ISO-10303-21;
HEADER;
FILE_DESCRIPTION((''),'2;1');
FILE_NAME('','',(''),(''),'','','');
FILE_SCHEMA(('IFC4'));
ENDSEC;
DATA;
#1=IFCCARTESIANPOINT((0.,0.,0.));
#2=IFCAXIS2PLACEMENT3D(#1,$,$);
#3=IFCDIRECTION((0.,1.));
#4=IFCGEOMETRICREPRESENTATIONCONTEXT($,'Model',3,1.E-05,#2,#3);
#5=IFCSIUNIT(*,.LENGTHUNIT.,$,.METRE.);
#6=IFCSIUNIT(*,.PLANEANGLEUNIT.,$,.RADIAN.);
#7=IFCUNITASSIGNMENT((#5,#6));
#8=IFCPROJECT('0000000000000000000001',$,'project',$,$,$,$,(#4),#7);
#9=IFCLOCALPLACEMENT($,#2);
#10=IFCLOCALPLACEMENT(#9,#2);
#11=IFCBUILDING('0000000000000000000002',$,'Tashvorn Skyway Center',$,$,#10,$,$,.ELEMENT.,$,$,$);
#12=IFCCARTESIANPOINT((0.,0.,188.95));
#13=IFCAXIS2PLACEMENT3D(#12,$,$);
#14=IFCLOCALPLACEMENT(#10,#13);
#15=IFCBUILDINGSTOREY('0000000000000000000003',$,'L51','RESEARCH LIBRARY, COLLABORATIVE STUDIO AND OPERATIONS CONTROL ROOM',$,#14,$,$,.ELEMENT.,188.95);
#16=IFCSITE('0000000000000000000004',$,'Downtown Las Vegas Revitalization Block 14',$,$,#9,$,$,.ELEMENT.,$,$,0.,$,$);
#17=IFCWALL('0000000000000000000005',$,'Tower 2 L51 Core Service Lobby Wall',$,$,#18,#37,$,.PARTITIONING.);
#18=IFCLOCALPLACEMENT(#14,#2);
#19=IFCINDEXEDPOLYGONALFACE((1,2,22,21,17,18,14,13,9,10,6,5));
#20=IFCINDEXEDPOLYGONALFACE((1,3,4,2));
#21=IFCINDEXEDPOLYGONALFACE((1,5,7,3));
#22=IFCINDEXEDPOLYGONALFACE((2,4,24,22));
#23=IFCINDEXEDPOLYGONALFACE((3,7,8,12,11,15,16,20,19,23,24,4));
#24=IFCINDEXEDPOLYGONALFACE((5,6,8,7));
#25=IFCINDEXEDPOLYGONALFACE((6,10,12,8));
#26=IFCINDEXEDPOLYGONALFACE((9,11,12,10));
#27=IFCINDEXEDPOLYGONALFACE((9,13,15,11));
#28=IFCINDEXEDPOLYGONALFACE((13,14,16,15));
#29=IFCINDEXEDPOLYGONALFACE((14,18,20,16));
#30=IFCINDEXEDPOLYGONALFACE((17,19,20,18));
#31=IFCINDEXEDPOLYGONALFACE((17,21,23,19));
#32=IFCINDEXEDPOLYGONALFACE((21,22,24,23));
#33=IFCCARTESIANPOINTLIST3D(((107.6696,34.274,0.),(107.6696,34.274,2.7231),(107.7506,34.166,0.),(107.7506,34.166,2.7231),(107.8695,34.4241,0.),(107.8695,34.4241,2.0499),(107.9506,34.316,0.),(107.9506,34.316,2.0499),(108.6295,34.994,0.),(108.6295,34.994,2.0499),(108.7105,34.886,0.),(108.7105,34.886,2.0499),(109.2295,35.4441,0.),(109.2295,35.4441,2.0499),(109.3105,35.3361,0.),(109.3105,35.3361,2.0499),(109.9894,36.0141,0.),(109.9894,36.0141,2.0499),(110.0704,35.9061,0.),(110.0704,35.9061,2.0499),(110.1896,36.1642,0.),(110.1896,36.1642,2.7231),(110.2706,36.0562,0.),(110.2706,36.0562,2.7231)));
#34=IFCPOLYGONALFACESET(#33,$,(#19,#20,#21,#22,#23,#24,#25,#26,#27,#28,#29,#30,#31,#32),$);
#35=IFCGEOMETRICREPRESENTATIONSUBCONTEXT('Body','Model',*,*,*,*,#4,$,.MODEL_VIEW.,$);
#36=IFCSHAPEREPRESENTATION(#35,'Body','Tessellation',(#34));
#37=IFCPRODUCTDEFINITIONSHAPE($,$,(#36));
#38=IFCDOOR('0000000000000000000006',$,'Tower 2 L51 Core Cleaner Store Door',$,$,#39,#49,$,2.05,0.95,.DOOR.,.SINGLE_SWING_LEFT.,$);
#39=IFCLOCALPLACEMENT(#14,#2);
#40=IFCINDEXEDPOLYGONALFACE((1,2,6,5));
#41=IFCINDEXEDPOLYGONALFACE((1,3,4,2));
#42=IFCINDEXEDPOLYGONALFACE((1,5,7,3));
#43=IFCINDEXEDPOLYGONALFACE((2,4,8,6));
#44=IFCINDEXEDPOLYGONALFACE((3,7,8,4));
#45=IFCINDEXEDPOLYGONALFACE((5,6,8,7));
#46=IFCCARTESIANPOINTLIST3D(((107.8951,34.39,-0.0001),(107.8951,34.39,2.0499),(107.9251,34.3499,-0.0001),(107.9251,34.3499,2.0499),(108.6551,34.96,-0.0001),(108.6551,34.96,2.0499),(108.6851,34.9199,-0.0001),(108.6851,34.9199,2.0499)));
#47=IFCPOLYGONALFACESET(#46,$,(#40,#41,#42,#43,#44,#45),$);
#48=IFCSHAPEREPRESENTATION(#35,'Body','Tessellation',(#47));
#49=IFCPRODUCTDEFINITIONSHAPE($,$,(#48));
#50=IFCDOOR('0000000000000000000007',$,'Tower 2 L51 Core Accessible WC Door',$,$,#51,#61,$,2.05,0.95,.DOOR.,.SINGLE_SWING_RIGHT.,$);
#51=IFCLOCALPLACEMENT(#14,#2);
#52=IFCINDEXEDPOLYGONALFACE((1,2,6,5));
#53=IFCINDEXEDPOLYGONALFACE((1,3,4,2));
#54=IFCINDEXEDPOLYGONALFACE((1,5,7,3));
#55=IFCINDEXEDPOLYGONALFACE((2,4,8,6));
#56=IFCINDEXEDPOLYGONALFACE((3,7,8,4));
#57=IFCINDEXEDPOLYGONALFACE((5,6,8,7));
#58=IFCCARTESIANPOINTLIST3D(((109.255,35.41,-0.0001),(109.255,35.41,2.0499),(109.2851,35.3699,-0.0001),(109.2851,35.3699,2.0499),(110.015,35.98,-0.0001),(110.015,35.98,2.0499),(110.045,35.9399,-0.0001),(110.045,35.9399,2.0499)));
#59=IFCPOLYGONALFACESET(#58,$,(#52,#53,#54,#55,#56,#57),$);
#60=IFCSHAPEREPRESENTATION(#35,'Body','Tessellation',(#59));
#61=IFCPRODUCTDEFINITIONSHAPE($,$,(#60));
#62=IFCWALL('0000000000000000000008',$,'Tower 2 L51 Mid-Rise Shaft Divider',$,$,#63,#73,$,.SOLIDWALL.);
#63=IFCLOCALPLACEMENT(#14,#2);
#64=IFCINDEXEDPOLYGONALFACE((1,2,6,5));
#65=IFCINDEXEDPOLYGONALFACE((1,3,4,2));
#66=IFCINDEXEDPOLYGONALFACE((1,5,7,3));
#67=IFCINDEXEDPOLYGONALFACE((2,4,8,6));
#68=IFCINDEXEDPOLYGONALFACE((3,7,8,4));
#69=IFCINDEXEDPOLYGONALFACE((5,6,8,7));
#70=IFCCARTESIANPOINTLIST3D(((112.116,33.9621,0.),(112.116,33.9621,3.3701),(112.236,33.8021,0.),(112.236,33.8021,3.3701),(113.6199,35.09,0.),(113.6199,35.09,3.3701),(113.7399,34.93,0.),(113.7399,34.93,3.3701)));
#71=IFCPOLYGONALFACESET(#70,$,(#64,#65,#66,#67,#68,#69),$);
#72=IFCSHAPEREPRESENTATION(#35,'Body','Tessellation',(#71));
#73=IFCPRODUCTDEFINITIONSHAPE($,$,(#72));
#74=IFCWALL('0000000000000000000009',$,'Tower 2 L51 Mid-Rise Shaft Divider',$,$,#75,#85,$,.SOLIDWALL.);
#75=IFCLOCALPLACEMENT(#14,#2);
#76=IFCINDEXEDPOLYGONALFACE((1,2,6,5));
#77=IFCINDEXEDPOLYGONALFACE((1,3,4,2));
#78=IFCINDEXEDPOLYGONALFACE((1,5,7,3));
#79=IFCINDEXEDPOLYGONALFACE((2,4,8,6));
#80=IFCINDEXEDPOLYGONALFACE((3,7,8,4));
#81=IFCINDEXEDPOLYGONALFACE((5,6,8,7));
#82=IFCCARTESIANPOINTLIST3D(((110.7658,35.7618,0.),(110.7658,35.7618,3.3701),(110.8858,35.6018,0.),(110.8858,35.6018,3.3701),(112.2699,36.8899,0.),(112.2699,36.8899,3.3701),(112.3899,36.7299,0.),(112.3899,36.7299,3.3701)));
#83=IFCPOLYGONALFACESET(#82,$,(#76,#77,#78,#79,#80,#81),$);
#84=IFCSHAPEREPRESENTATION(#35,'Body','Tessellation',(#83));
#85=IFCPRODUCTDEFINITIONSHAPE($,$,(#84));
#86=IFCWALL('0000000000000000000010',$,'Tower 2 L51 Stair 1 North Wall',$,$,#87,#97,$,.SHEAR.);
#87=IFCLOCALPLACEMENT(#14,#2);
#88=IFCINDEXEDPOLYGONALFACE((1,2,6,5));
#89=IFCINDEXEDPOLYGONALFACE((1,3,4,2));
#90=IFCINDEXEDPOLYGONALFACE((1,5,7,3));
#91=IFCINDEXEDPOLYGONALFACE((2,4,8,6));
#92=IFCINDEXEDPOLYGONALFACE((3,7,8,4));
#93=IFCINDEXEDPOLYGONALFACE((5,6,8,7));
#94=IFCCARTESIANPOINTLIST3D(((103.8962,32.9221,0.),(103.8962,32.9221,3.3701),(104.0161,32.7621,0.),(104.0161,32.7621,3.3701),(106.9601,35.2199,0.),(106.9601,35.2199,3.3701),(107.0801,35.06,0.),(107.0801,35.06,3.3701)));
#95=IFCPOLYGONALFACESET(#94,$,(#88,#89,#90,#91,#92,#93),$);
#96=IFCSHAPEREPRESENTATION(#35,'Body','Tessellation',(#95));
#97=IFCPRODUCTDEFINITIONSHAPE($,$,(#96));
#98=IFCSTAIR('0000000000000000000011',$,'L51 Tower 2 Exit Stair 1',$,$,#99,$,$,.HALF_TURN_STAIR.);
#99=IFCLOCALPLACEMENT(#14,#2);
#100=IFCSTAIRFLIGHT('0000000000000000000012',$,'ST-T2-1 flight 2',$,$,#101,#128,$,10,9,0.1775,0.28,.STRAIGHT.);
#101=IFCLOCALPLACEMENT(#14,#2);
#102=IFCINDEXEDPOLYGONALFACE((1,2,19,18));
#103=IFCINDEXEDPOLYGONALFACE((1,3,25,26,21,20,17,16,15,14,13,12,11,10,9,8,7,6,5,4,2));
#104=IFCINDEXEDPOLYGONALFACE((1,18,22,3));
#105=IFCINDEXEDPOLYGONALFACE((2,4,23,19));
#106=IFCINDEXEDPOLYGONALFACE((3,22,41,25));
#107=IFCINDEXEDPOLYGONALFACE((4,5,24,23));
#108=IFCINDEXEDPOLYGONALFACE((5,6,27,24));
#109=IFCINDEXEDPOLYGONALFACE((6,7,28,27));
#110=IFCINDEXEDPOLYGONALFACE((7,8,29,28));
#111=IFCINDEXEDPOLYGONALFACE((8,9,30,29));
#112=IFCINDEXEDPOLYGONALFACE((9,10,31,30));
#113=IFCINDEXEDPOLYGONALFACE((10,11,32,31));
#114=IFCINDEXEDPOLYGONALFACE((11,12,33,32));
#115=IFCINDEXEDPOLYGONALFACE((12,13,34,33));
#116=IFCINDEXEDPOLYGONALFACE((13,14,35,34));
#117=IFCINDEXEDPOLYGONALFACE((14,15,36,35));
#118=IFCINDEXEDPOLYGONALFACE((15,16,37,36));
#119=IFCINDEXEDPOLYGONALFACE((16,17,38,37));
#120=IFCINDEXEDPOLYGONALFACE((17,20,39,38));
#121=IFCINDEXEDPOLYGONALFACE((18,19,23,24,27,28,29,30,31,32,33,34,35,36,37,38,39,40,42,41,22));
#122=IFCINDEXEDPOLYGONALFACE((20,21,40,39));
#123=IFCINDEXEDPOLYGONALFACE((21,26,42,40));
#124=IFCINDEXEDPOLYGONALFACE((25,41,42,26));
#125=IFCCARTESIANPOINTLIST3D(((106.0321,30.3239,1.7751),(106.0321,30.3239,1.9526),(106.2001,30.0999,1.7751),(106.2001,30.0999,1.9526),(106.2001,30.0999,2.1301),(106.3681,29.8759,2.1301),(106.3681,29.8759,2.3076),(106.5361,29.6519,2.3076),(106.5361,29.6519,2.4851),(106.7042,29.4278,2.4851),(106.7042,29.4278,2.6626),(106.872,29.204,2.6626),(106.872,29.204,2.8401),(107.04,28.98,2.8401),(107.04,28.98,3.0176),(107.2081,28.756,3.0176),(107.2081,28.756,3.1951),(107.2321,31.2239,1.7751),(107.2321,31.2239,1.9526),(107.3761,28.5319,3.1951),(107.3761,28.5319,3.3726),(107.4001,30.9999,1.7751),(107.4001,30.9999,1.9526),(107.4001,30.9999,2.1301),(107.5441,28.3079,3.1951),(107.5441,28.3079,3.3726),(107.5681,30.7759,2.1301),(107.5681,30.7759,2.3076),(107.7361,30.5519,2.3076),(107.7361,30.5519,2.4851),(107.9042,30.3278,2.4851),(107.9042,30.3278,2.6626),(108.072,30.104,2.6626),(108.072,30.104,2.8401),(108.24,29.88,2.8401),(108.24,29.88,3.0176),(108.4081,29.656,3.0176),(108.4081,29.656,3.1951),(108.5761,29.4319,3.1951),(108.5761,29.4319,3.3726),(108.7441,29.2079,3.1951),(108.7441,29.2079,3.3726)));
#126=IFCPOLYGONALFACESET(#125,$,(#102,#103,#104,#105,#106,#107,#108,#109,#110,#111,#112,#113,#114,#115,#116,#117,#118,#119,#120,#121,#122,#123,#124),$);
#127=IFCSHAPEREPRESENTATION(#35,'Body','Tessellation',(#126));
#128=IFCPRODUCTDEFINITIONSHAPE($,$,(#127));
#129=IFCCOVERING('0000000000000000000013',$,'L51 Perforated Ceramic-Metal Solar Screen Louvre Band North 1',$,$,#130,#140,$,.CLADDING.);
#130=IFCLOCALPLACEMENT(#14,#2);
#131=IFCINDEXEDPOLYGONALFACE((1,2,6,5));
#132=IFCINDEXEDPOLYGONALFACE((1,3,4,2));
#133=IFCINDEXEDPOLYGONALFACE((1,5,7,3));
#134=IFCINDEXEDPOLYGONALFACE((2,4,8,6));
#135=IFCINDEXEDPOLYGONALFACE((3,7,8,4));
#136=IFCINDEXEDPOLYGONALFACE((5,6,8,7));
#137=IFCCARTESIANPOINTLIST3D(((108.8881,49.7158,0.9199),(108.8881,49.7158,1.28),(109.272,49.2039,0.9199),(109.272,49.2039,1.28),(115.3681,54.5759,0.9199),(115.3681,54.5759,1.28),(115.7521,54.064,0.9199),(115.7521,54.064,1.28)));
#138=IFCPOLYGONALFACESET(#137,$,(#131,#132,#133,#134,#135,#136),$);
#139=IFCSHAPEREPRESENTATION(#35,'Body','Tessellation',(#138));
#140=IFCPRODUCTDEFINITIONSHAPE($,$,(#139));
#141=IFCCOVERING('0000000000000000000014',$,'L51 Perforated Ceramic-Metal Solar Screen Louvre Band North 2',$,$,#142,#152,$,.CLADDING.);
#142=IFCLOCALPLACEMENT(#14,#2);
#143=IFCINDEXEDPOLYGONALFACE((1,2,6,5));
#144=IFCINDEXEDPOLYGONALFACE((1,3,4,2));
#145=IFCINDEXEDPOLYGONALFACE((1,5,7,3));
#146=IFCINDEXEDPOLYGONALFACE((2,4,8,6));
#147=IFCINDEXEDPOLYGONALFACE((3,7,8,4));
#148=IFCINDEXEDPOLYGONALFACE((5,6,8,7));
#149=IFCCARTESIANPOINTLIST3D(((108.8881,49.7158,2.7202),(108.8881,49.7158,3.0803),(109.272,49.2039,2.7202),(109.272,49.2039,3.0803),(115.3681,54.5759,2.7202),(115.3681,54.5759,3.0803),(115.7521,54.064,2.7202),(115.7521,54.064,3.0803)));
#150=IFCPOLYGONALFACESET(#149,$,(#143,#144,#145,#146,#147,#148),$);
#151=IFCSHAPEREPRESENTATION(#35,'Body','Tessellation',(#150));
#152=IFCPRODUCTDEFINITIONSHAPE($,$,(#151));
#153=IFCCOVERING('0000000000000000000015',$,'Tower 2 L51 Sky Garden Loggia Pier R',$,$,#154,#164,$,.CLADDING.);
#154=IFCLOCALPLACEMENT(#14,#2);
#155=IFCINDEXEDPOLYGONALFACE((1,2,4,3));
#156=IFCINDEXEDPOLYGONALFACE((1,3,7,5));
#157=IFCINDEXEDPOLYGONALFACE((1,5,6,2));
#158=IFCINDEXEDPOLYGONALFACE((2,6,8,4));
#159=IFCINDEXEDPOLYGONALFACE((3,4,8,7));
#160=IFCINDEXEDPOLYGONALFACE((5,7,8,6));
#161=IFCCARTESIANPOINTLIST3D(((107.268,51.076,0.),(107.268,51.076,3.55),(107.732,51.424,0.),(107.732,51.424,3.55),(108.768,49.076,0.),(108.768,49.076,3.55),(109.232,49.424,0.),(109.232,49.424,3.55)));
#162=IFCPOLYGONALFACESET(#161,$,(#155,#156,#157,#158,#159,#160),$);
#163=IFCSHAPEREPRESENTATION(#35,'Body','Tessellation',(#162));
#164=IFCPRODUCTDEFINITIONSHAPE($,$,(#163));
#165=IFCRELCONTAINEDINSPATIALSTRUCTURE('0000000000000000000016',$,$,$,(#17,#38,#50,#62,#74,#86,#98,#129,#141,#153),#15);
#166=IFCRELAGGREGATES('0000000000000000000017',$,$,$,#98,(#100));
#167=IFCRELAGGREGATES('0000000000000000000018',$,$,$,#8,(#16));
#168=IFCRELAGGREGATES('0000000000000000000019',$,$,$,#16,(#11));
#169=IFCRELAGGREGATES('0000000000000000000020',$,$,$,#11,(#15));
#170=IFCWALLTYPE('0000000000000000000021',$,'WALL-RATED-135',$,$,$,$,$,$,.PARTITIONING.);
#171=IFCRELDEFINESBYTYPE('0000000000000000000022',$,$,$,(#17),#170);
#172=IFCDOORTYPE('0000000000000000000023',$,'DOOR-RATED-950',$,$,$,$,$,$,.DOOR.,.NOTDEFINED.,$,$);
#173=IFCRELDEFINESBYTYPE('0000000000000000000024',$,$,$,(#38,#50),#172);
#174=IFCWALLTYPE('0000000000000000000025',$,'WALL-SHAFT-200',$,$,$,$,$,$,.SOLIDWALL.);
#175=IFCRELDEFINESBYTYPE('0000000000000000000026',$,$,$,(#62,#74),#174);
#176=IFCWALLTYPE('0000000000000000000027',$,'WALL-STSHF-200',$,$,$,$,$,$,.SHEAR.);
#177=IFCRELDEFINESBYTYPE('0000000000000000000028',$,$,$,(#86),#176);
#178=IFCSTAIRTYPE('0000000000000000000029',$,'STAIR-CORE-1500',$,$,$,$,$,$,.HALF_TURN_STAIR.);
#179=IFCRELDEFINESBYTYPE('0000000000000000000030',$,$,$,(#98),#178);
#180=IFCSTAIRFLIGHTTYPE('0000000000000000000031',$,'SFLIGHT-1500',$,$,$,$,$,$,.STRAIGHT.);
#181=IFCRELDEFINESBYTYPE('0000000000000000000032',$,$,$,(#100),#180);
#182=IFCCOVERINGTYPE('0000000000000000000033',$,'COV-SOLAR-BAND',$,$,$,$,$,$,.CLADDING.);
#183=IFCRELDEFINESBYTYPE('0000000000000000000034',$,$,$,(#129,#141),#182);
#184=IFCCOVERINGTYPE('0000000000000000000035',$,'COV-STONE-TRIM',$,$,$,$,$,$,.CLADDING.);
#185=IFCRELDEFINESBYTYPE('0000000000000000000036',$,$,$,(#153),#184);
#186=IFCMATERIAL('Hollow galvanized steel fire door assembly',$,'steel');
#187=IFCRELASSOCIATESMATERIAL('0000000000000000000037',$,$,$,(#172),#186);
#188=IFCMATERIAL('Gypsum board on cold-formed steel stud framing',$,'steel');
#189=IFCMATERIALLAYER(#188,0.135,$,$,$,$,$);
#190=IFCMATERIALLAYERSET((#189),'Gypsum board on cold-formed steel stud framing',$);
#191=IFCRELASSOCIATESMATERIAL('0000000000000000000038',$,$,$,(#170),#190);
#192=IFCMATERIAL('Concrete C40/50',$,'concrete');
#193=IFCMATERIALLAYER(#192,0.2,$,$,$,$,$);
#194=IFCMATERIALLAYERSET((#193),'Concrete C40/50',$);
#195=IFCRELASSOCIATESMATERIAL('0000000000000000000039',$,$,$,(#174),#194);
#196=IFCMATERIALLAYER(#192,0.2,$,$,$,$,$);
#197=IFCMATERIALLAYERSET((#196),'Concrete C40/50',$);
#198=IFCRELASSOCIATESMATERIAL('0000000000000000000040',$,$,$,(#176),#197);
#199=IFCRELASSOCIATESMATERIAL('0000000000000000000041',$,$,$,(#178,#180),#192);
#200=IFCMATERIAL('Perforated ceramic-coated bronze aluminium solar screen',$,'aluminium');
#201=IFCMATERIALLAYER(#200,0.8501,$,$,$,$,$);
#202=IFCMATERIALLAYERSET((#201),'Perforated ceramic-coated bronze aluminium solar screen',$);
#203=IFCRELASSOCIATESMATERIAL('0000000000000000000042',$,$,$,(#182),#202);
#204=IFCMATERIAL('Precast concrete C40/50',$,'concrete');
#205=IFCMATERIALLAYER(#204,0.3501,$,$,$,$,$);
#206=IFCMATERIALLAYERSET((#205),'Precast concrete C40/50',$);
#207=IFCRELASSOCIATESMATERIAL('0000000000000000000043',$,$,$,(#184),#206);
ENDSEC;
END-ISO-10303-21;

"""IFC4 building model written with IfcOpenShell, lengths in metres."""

from ifc_helpers import new_model, si_unit, direction, frame, frame_2d, origin, origin_2d, place, context, subcontext, project, spatial, polyline, rectangle, outline, extrude, material, layer, layer_set, type_object, element, fill, aggregate, save


model = new_model("IFC4")

# Units and contexts
model_context = context("Model", 3, precision=1e-05, world=origin(), true_north=direction((0.0, 1.0)))
body_context = subcontext(model_context, "Body", "Model", "MODEL_VIEW")
ifc_project = project(units=[si_unit("LENGTHUNIT", "METRE"), si_unit("PLANEANGLEUNIT", "RADIAN")], contexts=[model_context])

# Site, building, storey
site_placement = place(None, origin())
site = spatial("IfcSite", under=ifc_project, at=site_placement, Name="Downtown Las Vegas Revitalization Block 14", CompositionType="ELEMENT", RefElevation=0.0)
building_placement = place(site_placement, origin())
building = spatial("IfcBuilding", under=site, at=building_placement, Name="Tashvorn Skyway Center", CompositionType="ELEMENT")
storey_placement = place(building_placement, frame((0.0, 0.0, 188.95)))
storey = spatial("IfcBuildingStorey", under=building, at=storey_placement, Name="L51", Description="RESEARCH LIBRARY, COLLABORATIVE STUDIO AND OPERATIONS CONTROL ROOM", CompositionType="ELEMENT", Elevation=188.95)

# Shared definitions
ifc_material_1 = material(Name="Concrete C40/50", Category="concrete")
ifc_material_2 = material(Name="Hollow galvanized steel fire door assembly", Category="steel")
door_type = type_object("IfcDoorType", Name="DOOR-RATED-950", OperationType="NOTDEFINED", PredefinedType="DOOR", material=ifc_material_2)

# Shared definitions
ifc_material_3 = material(Name="Gypsum board on cold-formed steel stud framing", Category="steel")

# Wall, openings, doors
ifc_layer_1 = layer(ifc_material_3, 0.135)
ifc_layer_set_1 = layer_set([ifc_layer_1], Name="Gypsum board on cold-formed steel stud framing")
wall_type_1 = type_object("IfcWallType", Name="WALL-RATED-135", PredefinedType="PARTITIONING", material=ifc_layer_set_1)
wall_1_placement = place(storey_placement, frame((107.71, 34.22, 0.0), z_axis=(0.0, 0.0, 1.0), x_axis=(0.799981, 0.600025, 0.0)))
wall_1 = element("IfcWall", 1, at=wall_1_placement, inside=storey, type_object=wall_type_1, Name="Tower 2 L51 Core Service Lobby Wall", PredefinedType="PARTITIONING", context=body_context, shape_type="SweptSolid", body=[
    extrude(rectangle(XDim=3.1501, YDim=0.135, at=frame_2d((1.5752, 0.0))), origin(), (0.0, 0.0, 1.0), 2.7231),
])
opening_1_placement = place(wall_1_placement, frame((0.25, 0.0, 0.0)))
opening_1 = element("IfcOpeningElement", 2, at=opening_1_placement, cuts=wall_1, PredefinedType="OPENING", context=body_context, shape_type="SweptSolid", body=[
    extrude(rectangle(XDim=0.95, YDim=2.05, at=frame_2d((0.4751, 1.0249))), frame((0.0, 0.0774, 0.0), z_axis=(0.0, -1.0, 0.0), x_axis=(1.0, 0.0, 0.0)), (0.0, 0.0, 1.0), 0.155),
])
opening_2_placement = place(wall_1_placement, frame((1.95, 0.0, 0.0)))
opening_2 = element("IfcOpeningElement", 3, at=opening_2_placement, cuts=wall_1, PredefinedType="OPENING", context=body_context, shape_type="SweptSolid", body=[
    extrude(rectangle(XDim=0.95, YDim=2.05, at=frame_2d((0.4751, 1.0249))), frame((0.0, 0.0774, 0.0), z_axis=(0.0, -1.0, 0.0), x_axis=(1.0, 0.0, 0.0)), (0.0, 0.0, 1.0), 0.155),
])
door_1_placement = place(opening_1_placement, origin())
door_1 = element("IfcDoor", 4, at=door_1_placement, inside=storey, type_object=door_type, Name="Tower 2 L51 Core Cleaner Store Door", OperationType="SINGLE_SWING_LEFT", OverallHeight=2.05, OverallWidth=0.95, PredefinedType="DOOR", context=body_context, shape_type="SweptSolid", body=[
    extrude(rectangle(XDim=0.95, YDim=2.05, at=frame_2d((0.4751, 1.0249))), frame((0.0, 0.0249, 0.0), z_axis=(0.0, -1.0, 0.0), x_axis=(1.0, 0.0, 0.0)), (0.0, 0.0, 1.0), 0.05),
])
fill(opening_1, door_1)
door_2_placement = place(opening_2_placement, origin())
door_2 = element("IfcDoor", 5, at=door_2_placement, inside=storey, type_object=door_type, Name="Tower 2 L51 Core Accessible WC Door", OperationType="SINGLE_SWING_RIGHT", OverallHeight=2.05, OverallWidth=0.95, PredefinedType="DOOR", context=body_context, shape_type="SweptSolid", body=[
    extrude(rectangle(XDim=0.95, YDim=2.05, at=frame_2d((0.4751, 1.0249))), frame((0.0, 0.0249, 0.0), z_axis=(0.0, -1.0, 0.0), x_axis=(1.0, 0.0, 0.0)), (0.0, 0.0, 1.0), 0.05),
])
fill(opening_2, door_2)

# Walls
ifc_layer_2 = layer(ifc_material_1, 0.2)
ifc_layer_set_2 = layer_set([ifc_layer_2], Name="Concrete C40/50")
wall_type_2 = type_object("IfcWallType", Name="WALL-SHAFT-200", PredefinedType="SOLIDWALL", material=ifc_layer_set_2)
wall_2_placement = place(storey_placement, frame((112.176, 33.8821, 0.0), z_axis=(0.0, 0.0, 1.0), x_axis=(0.8, 0.6, 0.0)))
element("IfcWall", 6, at=wall_2_placement, inside=storey, type_object=wall_type_2, Name="Tower 2 L51 Mid-Rise Shaft Divider", PredefinedType="SOLIDWALL", context=body_context, shape_type="SweptSolid", body=[
    extrude(rectangle(XDim=1.8799, YDim=0.2, at=frame_2d((0.9399, 0.0))), origin(), (0.0, 0.0, 1.0), 3.3701),
])
wall_3_placement = place(storey_placement, frame((110.8259, 35.6819, 0.0), z_axis=(0.0, 0.0, 1.0), x_axis=(0.799984, 0.600021, 0.0)))
element("IfcWall", 7, at=wall_3_placement, inside=storey, type_object=wall_type_2, Name="Tower 2 L51 Mid-Rise Shaft Divider", PredefinedType="SOLIDWALL", context=body_context, shape_type="SweptSolid", body=[
    extrude(rectangle(XDim=1.8801, YDim=0.2, at=frame_2d((0.9399, 0.0))), origin(), (0.0, 0.0, 1.0), 3.3701),
])
ifc_layer_3 = layer(ifc_material_1, 0.2)
ifc_layer_set_3 = layer_set([ifc_layer_3], Name="Concrete C40/50")
wall_type_3 = type_object("IfcWallType", Name="WALL-STSHF-200", PredefinedType="SHEAR", material=ifc_layer_set_3)
wall_4_placement = place(storey_placement, frame((103.9561, 32.842, 0.0), z_axis=(0.0, 0.0, 1.0), x_axis=(0.800015, 0.59998, 0.0)))
element("IfcWall", 8, at=wall_4_placement, inside=storey, type_object=wall_type_3, Name="Tower 2 L51 Stair 1 North Wall", PredefinedType="SHEAR", context=body_context, shape_type="SweptSolid", body=[
    extrude(rectangle(XDim=3.8298, YDim=0.2, at=frame_2d((1.915, 0.0))), origin(), (0.0, 0.0, 1.0), 3.3701),
])

# Stair, stair flight
stair_type = type_object("IfcStairType", Name="STAIR-CORE-1500", PredefinedType="HALF_TURN_STAIR", material=ifc_material_1)
stair_placement = place(storey_placement, origin())
stair = element("IfcStair", 9, at=stair_placement, inside=storey, type_object=stair_type, Name="L51 Tower 2 Exit Stair 1", PredefinedType="HALF_TURN_STAIR")
stair_flight_type = type_object("IfcStairFlightType", Name="SFLIGHT-1500", PredefinedType="STRAIGHT", material=ifc_material_1)
stair_flight_placement = place(storey_placement, frame((106.6321, 30.7739, 1.7751), z_axis=(0.0, 0.0, 1.0), x_axis=(0.6, -0.8, 0.0)))
stair_flight = element("IfcStairFlight", 10, at=stair_flight_placement, type_object=stair_flight_type, Name="ST-T2-1 flight 2", NumberOfRisers=10, NumberOfTreads=9, PredefinedType="STRAIGHT", RiserHeight=0.1775, TreadLength=0.28, context=body_context, shape_type="SweptSolid", body=[
    extrude(outline(polyline([(0.0, 0.0), (0.0, 0.1775), (0.28, 0.1775), (0.28, 0.355), (0.5601, 0.355), (0.5601, 0.5325), (0.8401, 0.5325), (0.8401, 0.71), (1.1201, 0.71), (1.1201, 0.8875), (1.3999, 0.8875), (1.3999, 1.0649), (1.6799, 1.0649), (1.6799, 1.2424), (1.96, 1.2424), (1.96, 1.4199), (2.24, 1.4199), (2.24, 1.5974), (2.52, 1.5974), (2.52, 1.7749), (2.52, 1.4199), (0.28, 0.0), (0.0, 0.0)])), frame((0.0, 0.75, 0.0), z_axis=(0.0, -1.0, 0.0), x_axis=(1.0, 0.0, 0.0)), (0.0, 0.0, 1.0), 1.5),
])
aggregate(stair, [stair_flight])

# Coverings
ifc_material_4 = material(Name="Perforated ceramic-coated bronze aluminium solar screen", Category="aluminium")
ifc_layer_4 = layer(ifc_material_4, 0.8501)
ifc_layer_set_4 = layer_set([ifc_layer_4], Name="Perforated ceramic-coated bronze aluminium solar screen")
covering_type_1 = type_object("IfcCoveringType", Name="COV-SOLAR-BAND", PredefinedType="CLADDING", material=ifc_layer_set_4)
for number, where, z_axis, x_axis, name in (
    (11, (112.3201, 51.8899, 0.9199), (0.0, 0.0, 1.0), (0.8, 0.6, 0.0), "L51 Perforated Ceramic-Metal Solar Screen Louvre Band North 1"),
    (12, (112.3201, 51.8899, 2.7202), (0.0, 0.0, 1.0), (0.8, 0.6, 0.0), "L51 Perforated Ceramic-Metal Solar Screen Louvre Band North 2"),
):
    element("IfcCovering", number, at=place(storey_placement, frame(where, z_axis=z_axis, x_axis=x_axis)), inside=storey, type_object=covering_type_1, Name=name, PredefinedType="CLADDING", context=body_context, shape_type="SweptSolid", body=[
        extrude(rectangle(XDim=8.1001, YDim=0.6399, at=origin_2d()), origin(), (0.0, 0.0, 1.0), 0.3601),
    ])
ifc_material_5 = material(Name="Precast concrete C40/50", Category="concrete")
ifc_layer_5 = layer(ifc_material_5, 0.3501)
ifc_layer_set_5 = layer_set([ifc_layer_5], Name="Precast concrete C40/50")
covering_type_2 = type_object("IfcCoveringType", Name="COV-STONE-TRIM", PredefinedType="CLADDING", material=ifc_layer_set_5)
covering_placement = place(storey_placement, frame((108.25, 50.25, 0.0), z_axis=(0.0, 0.0, 1.0), x_axis=(0.8, 0.6, 0.0)))
element("IfcCovering", 13, at=covering_placement, inside=storey, type_object=covering_type_2, Name="Tower 2 L51 Sky Garden Loggia Pier R", PredefinedType="CLADDING", context=body_context, shape_type="SweptSolid", body=[
    extrude(rectangle(XDim=0.5801, YDim=2.5, at=origin_2d()), origin(), (0.0, 0.0, 1.0), 3.55),
])

save(model, "model.ifc")
